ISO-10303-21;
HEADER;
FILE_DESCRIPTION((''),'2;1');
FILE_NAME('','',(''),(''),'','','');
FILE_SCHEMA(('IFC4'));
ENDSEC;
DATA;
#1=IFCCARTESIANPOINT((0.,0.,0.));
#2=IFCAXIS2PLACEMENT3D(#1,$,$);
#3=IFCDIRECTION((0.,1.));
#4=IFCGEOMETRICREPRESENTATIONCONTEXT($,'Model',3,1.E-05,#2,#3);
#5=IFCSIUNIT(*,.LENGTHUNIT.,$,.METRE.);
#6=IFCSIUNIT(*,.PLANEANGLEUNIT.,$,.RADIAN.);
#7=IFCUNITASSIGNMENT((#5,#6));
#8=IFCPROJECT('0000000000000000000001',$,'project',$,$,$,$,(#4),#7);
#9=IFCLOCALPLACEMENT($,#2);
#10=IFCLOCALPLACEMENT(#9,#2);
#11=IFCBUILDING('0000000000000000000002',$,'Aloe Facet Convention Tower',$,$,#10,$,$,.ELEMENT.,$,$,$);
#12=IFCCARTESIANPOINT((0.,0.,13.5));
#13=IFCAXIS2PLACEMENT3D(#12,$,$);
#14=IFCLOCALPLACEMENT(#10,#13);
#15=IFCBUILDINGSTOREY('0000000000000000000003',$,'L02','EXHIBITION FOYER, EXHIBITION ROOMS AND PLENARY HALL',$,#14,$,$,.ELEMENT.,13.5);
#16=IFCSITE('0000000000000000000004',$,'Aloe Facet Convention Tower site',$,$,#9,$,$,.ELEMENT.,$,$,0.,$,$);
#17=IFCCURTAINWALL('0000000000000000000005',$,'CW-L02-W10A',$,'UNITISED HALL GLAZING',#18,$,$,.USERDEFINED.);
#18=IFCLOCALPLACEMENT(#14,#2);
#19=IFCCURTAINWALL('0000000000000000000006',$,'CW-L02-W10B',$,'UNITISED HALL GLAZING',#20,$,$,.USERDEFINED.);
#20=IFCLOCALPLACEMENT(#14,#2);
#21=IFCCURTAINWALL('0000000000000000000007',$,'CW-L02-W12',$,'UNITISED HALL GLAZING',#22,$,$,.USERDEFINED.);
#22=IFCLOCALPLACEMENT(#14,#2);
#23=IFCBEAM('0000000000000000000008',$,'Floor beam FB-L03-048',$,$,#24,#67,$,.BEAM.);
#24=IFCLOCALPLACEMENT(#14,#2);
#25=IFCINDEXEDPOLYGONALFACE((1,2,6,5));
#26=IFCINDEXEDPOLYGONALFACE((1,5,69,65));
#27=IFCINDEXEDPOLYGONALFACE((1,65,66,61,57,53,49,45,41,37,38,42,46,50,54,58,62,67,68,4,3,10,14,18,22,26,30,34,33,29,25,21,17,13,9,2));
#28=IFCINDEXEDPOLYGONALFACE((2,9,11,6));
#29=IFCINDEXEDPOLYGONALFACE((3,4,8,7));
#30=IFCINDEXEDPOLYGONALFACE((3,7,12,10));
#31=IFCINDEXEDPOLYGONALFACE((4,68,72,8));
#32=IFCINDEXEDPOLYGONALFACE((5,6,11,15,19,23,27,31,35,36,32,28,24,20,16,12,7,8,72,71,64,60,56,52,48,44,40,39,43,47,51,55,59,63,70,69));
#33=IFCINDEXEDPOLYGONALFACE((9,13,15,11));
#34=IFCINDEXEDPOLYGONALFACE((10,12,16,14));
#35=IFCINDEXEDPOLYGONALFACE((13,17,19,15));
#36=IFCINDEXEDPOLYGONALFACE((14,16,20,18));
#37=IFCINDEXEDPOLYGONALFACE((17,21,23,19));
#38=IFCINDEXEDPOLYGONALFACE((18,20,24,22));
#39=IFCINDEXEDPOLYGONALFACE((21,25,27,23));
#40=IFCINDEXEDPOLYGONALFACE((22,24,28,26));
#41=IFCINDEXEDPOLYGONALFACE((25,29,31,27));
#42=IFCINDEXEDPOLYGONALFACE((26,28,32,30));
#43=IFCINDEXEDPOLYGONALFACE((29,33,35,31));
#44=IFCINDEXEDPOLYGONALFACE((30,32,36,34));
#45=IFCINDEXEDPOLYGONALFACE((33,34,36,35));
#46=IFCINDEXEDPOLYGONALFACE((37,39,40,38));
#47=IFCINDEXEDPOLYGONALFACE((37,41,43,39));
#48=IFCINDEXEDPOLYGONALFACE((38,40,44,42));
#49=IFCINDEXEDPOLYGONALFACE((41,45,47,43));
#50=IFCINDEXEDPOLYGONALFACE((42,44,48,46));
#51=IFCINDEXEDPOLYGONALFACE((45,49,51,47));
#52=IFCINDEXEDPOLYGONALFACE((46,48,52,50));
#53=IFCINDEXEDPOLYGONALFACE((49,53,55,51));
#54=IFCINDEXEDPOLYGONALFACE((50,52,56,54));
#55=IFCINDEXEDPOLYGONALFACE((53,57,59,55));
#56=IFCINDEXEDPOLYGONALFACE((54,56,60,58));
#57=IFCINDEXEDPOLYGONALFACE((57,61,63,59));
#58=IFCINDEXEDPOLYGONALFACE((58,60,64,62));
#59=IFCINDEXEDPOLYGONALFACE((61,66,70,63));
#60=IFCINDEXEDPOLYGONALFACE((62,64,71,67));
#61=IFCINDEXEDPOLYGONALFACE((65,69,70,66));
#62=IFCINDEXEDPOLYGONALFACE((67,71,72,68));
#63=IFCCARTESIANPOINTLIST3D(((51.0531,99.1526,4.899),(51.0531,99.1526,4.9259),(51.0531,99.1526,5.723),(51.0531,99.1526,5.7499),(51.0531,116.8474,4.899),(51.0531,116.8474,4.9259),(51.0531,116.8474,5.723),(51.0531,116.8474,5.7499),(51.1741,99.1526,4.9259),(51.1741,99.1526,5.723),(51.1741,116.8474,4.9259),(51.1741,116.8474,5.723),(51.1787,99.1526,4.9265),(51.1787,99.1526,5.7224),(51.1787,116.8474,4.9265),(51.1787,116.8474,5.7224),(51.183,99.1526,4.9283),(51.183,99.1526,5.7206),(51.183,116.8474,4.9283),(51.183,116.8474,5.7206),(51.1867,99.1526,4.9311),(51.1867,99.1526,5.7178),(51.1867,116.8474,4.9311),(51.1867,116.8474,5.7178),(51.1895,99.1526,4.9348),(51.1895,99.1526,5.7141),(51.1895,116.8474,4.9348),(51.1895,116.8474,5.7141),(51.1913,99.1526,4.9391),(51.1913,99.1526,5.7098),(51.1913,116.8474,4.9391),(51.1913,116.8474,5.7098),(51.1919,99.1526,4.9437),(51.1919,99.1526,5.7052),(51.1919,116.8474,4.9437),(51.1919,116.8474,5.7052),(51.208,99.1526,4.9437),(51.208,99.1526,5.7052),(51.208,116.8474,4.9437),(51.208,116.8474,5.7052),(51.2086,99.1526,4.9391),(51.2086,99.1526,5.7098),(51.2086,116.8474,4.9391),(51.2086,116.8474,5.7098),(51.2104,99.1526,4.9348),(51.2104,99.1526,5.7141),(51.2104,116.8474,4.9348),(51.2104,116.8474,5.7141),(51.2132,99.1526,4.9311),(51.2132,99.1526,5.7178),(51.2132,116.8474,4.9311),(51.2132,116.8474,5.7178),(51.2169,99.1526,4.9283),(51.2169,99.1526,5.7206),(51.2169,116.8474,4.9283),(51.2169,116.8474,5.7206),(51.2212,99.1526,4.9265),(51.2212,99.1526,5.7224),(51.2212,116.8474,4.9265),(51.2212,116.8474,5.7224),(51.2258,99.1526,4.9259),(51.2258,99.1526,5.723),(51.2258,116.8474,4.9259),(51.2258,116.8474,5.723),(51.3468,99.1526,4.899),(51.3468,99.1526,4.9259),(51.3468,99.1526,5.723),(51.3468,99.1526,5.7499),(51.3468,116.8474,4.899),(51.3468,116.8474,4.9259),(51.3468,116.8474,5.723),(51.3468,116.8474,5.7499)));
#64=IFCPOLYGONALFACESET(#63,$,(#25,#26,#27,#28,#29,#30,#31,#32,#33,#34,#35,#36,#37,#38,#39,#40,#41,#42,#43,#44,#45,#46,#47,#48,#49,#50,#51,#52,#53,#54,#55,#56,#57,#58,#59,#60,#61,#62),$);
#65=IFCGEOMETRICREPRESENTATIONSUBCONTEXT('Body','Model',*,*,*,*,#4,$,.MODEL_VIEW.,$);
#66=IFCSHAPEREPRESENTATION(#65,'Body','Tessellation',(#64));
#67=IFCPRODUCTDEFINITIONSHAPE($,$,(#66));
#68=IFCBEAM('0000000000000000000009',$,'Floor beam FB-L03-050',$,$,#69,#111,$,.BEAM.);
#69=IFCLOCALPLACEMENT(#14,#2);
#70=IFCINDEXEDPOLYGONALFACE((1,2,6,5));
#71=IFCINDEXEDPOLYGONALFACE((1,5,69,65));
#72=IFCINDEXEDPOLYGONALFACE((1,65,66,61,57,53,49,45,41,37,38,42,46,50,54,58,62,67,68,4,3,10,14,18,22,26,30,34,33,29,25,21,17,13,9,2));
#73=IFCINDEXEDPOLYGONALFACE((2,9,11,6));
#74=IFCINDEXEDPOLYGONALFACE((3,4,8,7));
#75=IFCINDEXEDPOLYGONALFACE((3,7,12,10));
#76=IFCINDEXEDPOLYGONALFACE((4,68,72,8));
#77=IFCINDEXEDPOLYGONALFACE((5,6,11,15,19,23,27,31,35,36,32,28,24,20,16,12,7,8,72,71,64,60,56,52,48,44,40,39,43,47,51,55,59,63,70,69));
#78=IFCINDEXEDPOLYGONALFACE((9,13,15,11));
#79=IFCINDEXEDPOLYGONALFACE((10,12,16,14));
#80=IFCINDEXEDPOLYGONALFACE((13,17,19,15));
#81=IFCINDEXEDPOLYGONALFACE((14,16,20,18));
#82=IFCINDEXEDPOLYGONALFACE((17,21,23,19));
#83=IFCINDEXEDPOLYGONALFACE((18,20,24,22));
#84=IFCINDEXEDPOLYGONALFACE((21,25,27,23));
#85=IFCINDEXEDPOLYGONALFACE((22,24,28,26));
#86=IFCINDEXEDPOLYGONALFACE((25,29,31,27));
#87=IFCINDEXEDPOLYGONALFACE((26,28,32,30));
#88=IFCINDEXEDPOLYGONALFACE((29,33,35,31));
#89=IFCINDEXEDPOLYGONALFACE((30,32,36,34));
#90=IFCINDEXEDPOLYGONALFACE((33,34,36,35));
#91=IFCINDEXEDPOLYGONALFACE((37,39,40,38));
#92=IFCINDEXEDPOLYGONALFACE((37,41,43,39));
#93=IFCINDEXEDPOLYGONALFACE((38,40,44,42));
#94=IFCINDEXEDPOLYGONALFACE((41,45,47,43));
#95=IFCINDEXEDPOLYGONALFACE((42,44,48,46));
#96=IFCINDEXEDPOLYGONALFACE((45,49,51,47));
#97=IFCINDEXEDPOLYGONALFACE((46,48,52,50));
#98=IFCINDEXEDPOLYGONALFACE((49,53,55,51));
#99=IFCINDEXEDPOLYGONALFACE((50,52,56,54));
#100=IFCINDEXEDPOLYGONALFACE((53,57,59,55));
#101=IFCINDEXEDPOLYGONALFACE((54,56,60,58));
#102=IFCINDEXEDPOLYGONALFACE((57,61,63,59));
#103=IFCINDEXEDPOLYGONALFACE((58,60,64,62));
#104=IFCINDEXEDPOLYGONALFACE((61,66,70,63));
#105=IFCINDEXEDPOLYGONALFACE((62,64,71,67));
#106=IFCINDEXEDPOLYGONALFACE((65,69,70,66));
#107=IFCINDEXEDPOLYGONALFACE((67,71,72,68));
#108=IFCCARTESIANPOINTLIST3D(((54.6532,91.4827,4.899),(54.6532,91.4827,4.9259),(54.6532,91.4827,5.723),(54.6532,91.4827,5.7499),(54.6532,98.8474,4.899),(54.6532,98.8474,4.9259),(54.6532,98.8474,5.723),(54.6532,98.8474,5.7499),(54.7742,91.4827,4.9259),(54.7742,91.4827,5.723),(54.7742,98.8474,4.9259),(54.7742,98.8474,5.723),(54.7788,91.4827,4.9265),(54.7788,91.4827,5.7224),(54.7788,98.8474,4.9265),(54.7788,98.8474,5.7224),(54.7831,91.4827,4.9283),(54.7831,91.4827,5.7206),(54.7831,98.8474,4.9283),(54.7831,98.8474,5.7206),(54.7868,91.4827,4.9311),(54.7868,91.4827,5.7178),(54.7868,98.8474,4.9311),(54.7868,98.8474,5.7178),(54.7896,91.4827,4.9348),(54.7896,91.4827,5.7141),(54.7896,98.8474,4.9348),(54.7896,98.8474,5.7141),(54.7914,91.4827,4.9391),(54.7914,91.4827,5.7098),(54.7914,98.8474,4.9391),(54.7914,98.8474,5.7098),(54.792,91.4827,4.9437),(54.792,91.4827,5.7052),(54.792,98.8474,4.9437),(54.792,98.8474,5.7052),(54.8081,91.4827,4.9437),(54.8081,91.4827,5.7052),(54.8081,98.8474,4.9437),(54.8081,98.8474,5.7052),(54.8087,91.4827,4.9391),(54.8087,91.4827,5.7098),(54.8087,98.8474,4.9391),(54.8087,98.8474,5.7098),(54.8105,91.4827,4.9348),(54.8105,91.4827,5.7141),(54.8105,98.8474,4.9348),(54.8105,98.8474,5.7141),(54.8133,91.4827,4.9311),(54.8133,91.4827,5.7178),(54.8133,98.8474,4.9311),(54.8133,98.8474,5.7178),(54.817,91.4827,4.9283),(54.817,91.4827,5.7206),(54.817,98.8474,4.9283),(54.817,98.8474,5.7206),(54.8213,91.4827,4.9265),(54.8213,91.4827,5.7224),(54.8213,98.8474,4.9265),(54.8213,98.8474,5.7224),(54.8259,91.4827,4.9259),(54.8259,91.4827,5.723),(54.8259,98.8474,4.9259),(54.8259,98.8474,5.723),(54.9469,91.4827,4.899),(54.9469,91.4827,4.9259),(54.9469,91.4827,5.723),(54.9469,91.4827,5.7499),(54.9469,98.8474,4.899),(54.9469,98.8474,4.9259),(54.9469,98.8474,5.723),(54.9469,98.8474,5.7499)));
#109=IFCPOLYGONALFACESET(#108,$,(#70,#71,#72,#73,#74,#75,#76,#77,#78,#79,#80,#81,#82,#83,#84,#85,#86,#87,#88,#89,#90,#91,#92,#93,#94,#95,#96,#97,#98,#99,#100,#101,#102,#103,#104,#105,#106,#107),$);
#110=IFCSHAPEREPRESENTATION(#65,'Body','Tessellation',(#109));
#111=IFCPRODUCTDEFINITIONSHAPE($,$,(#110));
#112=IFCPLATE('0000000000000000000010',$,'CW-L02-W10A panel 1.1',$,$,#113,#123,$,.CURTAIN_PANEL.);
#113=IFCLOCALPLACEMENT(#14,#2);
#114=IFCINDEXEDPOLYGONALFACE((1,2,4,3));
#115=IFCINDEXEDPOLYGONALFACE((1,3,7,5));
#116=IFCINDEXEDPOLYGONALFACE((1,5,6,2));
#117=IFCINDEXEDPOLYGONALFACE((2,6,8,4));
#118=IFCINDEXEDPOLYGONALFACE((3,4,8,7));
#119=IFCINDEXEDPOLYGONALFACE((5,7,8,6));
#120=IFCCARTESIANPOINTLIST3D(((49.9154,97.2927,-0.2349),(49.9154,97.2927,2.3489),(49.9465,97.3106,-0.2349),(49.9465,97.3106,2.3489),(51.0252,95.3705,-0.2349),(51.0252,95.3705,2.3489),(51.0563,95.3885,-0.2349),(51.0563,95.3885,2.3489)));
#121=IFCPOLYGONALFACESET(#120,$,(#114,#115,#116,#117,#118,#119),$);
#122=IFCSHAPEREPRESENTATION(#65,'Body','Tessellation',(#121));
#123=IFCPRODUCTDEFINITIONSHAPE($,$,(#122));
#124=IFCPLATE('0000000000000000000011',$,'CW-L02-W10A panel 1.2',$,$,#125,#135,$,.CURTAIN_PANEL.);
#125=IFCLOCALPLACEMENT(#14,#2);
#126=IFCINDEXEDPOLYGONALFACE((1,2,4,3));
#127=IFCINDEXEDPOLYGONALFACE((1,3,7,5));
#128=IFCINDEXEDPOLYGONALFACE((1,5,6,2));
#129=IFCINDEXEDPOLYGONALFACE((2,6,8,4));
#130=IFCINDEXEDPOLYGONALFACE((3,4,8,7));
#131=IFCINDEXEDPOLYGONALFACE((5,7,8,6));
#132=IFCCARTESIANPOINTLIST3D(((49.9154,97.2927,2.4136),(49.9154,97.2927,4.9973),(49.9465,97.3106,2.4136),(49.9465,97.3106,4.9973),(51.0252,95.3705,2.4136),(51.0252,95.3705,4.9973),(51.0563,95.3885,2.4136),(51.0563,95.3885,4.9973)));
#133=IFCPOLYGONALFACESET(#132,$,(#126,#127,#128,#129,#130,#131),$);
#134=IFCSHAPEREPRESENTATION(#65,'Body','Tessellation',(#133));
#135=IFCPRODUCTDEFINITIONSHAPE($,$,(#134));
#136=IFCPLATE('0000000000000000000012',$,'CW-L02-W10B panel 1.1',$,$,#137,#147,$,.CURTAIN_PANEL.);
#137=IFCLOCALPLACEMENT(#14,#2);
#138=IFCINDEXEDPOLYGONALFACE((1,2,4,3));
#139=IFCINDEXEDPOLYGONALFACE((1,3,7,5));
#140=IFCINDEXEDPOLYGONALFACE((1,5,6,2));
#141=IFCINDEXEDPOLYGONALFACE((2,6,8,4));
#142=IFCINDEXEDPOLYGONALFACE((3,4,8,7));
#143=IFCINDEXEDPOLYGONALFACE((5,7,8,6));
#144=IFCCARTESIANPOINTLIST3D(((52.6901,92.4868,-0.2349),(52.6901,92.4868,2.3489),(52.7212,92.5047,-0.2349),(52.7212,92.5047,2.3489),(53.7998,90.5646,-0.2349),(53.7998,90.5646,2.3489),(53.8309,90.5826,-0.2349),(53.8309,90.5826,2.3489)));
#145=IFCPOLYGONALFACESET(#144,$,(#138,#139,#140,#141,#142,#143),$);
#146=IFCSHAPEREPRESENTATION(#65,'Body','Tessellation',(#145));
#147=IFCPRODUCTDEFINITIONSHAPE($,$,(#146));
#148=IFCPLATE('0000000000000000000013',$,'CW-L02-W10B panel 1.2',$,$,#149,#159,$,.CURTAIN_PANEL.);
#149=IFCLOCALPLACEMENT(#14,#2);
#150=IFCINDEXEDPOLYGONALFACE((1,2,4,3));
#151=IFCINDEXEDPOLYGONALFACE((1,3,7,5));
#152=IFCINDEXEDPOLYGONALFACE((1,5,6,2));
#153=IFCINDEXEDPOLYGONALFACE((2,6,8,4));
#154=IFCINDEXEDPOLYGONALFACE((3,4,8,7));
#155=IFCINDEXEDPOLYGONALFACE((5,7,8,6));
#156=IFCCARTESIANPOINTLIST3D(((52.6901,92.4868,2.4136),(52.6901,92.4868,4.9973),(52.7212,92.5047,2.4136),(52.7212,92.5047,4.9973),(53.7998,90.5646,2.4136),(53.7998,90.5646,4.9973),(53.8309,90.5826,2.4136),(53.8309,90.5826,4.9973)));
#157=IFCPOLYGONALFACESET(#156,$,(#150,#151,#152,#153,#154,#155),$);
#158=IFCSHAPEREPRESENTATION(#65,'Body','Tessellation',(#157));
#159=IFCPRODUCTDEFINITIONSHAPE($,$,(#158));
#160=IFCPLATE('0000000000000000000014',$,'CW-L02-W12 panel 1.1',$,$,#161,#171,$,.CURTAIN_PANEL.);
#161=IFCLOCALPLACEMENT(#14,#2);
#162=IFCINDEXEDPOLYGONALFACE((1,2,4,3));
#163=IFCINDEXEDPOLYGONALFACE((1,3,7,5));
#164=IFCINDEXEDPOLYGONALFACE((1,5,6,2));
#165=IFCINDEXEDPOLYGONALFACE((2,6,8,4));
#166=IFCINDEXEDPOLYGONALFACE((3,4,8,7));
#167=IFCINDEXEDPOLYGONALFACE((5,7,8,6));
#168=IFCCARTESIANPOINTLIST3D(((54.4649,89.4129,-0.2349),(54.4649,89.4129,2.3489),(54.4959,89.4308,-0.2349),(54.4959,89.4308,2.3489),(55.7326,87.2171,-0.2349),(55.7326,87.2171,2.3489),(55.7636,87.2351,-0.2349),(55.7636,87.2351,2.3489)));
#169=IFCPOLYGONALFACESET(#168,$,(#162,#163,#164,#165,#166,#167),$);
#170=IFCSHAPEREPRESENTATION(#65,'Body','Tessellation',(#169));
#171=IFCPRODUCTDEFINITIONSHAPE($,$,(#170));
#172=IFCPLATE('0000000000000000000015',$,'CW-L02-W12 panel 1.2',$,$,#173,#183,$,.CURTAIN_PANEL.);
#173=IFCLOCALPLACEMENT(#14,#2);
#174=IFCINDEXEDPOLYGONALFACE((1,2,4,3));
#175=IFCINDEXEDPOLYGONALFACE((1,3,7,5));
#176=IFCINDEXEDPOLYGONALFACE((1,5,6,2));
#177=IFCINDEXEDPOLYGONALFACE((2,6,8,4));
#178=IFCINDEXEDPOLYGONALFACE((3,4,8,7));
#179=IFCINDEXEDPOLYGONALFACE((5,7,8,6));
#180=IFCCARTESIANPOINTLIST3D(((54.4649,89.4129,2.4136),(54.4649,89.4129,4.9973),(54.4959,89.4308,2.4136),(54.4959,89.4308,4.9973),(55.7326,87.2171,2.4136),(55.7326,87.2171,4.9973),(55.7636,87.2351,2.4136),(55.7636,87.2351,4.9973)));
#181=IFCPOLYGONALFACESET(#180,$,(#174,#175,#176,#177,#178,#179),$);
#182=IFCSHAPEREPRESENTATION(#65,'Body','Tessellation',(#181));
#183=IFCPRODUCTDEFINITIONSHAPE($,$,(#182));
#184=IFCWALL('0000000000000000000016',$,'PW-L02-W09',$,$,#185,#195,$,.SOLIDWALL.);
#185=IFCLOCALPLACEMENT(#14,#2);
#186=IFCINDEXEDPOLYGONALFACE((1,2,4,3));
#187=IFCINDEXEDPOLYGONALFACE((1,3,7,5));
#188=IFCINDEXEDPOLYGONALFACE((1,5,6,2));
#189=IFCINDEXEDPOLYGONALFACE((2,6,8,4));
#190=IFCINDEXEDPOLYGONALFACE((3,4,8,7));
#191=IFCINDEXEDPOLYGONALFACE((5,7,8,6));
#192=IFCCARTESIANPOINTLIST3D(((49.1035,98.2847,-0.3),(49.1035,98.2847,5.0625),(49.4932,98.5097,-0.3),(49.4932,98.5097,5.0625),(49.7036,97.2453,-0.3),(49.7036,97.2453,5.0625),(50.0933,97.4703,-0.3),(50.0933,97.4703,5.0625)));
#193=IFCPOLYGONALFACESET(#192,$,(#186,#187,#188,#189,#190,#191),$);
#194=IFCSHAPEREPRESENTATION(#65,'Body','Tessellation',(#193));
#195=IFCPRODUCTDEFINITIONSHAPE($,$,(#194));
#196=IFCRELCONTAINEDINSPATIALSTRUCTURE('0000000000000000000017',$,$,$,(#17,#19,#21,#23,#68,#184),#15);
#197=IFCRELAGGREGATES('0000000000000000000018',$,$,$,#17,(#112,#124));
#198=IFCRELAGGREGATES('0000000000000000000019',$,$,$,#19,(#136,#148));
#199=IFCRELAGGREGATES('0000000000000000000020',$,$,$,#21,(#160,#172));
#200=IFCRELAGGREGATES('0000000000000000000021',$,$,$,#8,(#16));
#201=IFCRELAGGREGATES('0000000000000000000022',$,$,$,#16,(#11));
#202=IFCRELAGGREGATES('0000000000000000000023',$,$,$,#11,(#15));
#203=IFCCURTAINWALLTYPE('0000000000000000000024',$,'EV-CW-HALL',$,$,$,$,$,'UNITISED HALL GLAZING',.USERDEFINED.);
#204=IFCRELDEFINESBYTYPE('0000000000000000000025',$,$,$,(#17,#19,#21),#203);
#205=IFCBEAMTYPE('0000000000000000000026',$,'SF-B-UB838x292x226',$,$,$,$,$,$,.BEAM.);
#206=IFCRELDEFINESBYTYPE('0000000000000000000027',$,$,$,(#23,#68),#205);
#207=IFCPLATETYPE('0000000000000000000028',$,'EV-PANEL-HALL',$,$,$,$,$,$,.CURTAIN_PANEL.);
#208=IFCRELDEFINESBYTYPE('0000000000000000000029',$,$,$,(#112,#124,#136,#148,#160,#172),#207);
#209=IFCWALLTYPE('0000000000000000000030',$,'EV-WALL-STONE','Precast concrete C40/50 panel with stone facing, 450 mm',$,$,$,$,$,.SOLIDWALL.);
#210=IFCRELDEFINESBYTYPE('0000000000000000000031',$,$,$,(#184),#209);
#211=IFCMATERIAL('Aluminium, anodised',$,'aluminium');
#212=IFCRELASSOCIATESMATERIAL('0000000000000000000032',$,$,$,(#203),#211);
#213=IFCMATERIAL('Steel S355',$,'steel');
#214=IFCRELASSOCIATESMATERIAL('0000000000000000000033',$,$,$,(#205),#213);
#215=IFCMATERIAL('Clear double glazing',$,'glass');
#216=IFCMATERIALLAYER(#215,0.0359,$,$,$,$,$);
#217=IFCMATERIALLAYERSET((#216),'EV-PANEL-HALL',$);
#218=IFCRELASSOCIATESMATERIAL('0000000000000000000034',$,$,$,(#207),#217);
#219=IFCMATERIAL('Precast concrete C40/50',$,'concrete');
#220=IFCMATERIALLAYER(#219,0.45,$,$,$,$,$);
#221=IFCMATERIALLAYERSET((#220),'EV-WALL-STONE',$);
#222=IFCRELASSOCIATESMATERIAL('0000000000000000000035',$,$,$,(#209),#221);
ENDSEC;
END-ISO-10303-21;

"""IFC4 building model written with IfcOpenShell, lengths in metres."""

from ifc_helpers import new_model, si_unit, direction, frame, frame_2d, origin, origin_2d, place, context, subcontext, project, spatial, rectangle, i_section, extrude, material, layer, layer_set, material_profile, profile_set, type_object, element, aggregate, save


model = new_model("IFC4")

# Units and contexts
model_context = context("Model", 3, precision=1e-05, world=origin(), true_north=direction((0.0, 1.0)))
body_context = subcontext(model_context, "Body", "Model", "MODEL_VIEW")
ifc_project = project(units=[si_unit("LENGTHUNIT", "METRE"), si_unit("PLANEANGLEUNIT", "RADIAN")], contexts=[model_context])

# Site, building, storey
site_placement = place(None, origin())
site = spatial("IfcSite", under=ifc_project, at=site_placement, Name="Aloe Facet Convention Tower site", CompositionType="ELEMENT", RefElevation=0.0)
building_placement = place(site_placement, origin())
building = spatial("IfcBuilding", under=site, at=building_placement, Name="Aloe Facet Convention Tower", CompositionType="ELEMENT")
storey_placement = place(building_placement, frame((0.0, 0.0, 13.5)))
storey = spatial("IfcBuildingStorey", under=building, at=storey_placement, Name="L02", Description="EXHIBITION FOYER, EXHIBITION ROOMS AND PLENARY HALL", CompositionType="ELEMENT", Elevation=13.5)

# Shared definitions
ifc_material_1 = material(Name="Aluminium, anodised", Category="aluminium")
curtain_wall_type = type_object("IfcCurtainWallType", Name="EV-CW-HALL", ElementType="UNITISED HALL GLAZING", PredefinedType="USERDEFINED", material=ifc_material_1)

# Curtain walls
curtain_wall_1_placement = place(storey_placement, origin())
curtain_wall_1 = element("IfcCurtainWall", 1, at=curtain_wall_1_placement, inside=storey, type_object=curtain_wall_type, Name="CW-L02-W10A", ObjectType="UNITISED HALL GLAZING", PredefinedType="USERDEFINED")
curtain_wall_2_placement = place(storey_placement, origin())
curtain_wall_2 = element("IfcCurtainWall", 2, at=curtain_wall_2_placement, inside=storey, type_object=curtain_wall_type, Name="CW-L02-W10B", ObjectType="UNITISED HALL GLAZING", PredefinedType="USERDEFINED")

# Curtain wall
curtain_wall_3_placement = place(storey_placement, origin())
curtain_wall_3 = element("IfcCurtainWall", 3, at=curtain_wall_3_placement, inside=storey, type_object=curtain_wall_type, Name="CW-L02-W12", ObjectType="UNITISED HALL GLAZING", PredefinedType="USERDEFINED")

# Beams
ifc_material_2 = material(Name="Steel S355", Category="steel")
ifc_material_profile_1 = material_profile(ifc_material_2, i_section(OverallWidth=0.2937, OverallDepth=0.8508, WebThickness=0.0161, FlangeThickness=0.0269, FilletRadius=0.0178, at=origin_2d()), Name="UB 838x292x226")
ifc_profile_set_1 = profile_set([ifc_material_profile_1], Name="Steel S355")
beam_type_1 = type_object("IfcBeamType", Name="SF-B-UB838x292x226", PredefinedType="BEAM", material=ifc_profile_set_1)
beam_1_placement = place(storey_placement, frame((51.2, 99.1526, 5.3245), z_axis=(0.0, 1.0, 0.0), x_axis=(-1.0, 0.0, 0.0)))
element("IfcBeam", 4, at=beam_1_placement, inside=storey, type_object=beam_type_1, Name="Floor beam FB-L03-048", PredefinedType="BEAM", context=body_context, shape_type="SweptSolid", body=[
    extrude(i_section(OverallWidth=0.2937, OverallDepth=0.8508, WebThickness=0.0161, FlangeThickness=0.0269, FilletRadius=0.0178, at=origin_2d()), origin(), (0.0, 0.0, 1.0), 17.6948),
])
beam_2_placement = place(storey_placement, frame((54.8, 91.4827, 5.3245), z_axis=(0.0, 1.0, 0.0), x_axis=(-1.0, 0.0, 0.0)))
element("IfcBeam", 5, at=beam_2_placement, inside=storey, type_object=beam_type_1, Name="Floor beam FB-L03-050", PredefinedType="BEAM", context=body_context, shape_type="SweptSolid", body=[
    extrude(i_section(OverallWidth=0.2937, OverallDepth=0.8508, WebThickness=0.0161, FlangeThickness=0.0269, FilletRadius=0.0178, at=origin_2d()), origin(), (0.0, 0.0, 1.0), 7.3647),
])

# Plates
ifc_material_3 = material(Name="Clear double glazing", Category="glass")
ifc_layer_1 = layer(ifc_material_3, 0.0359)
ifc_layer_set_1 = layer_set([ifc_layer_1], Name="EV-PANEL-HALL")
plate_type = type_object("IfcPlateType", Name="EV-PANEL-HALL", PredefinedType="CURTAIN_PANEL", material=ifc_layer_set_1)
plate_1_placement = place(storey_placement, frame((50.4858, 96.3406, -0.2349), z_axis=(0.0, 0.0, 1.0), x_axis=(0.5, -0.866025, 0.0)))
plate_1 = element("IfcPlate", 6, at=plate_1_placement, type_object=plate_type, Name="CW-L02-W10A panel 1.1", PredefinedType="CURTAIN_PANEL", context=body_context, shape_type="SweptSolid", body=[
    extrude(rectangle(XDim=2.2195, YDim=0.0359, at=origin_2d()), origin(), (0.0, 0.0, 1.0), 2.5837),
])
plate_2_placement = place(storey_placement, frame((50.4858, 96.3406, 2.4136), z_axis=(0.0, 0.0, 1.0), x_axis=(0.5, -0.866025, 0.0)))
plate_2 = element("IfcPlate", 7, at=plate_2_placement, type_object=plate_type, Name="CW-L02-W10A panel 1.2", PredefinedType="CURTAIN_PANEL", context=body_context, shape_type="SweptSolid", body=[
    extrude(rectangle(XDim=2.2195, YDim=0.0359, at=origin_2d()), origin(), (0.0, 0.0, 1.0), 2.5837),
])
aggregate(curtain_wall_1, [plate_1, plate_2])
plate_3_placement = place(storey_placement, frame((53.2605, 91.5347, -0.2349), z_axis=(0.0, 0.0, 1.0), x_axis=(0.5, -0.866025, 0.0)))
plate_3 = element("IfcPlate", 8, at=plate_3_placement, type_object=plate_type, Name="CW-L02-W10B panel 1.1", PredefinedType="CURTAIN_PANEL", context=body_context, shape_type="SweptSolid", body=[
    extrude(rectangle(XDim=2.2195, YDim=0.0359, at=origin_2d()), origin(), (0.0, 0.0, 1.0), 2.5837),
])
plate_4_placement = place(storey_placement, frame((53.2605, 91.5347, 2.4136), z_axis=(0.0, 0.0, 1.0), x_axis=(0.5, -0.866025, 0.0)))
plate_4 = element("IfcPlate", 9, at=plate_4_placement, type_object=plate_type, Name="CW-L02-W10B panel 1.2", PredefinedType="CURTAIN_PANEL", context=body_context, shape_type="SweptSolid", body=[
    extrude(rectangle(XDim=2.2195, YDim=0.0359, at=origin_2d()), origin(), (0.0, 0.0, 1.0), 2.5837),
])
aggregate(curtain_wall_2, [plate_3, plate_4])
plate_5_placement = place(storey_placement, frame((55.1143, 88.324, -0.2349), z_axis=(0.0, 0.0, 1.0), x_axis=(0.5, -0.866025, 0.0)))
plate_5 = element("IfcPlate", 10, at=plate_5_placement, type_object=plate_type, Name="CW-L02-W12 panel 1.1", PredefinedType="CURTAIN_PANEL", context=body_context, shape_type="SweptSolid", body=[
    extrude(rectangle(XDim=2.5354, YDim=0.0359, at=origin_2d()), origin(), (0.0, 0.0, 1.0), 2.5837),
])
plate_6_placement = place(storey_placement, frame((55.1143, 88.324, 2.4136), z_axis=(0.0, 0.0, 1.0), x_axis=(0.5, -0.866025, 0.0)))
plate_6 = element("IfcPlate", 11, at=plate_6_placement, type_object=plate_type, Name="CW-L02-W12 panel 1.2", PredefinedType="CURTAIN_PANEL", context=body_context, shape_type="SweptSolid", body=[
    extrude(rectangle(XDim=2.5354, YDim=0.0359, at=origin_2d()), origin(), (0.0, 0.0, 1.0), 2.5837),
])
aggregate(curtain_wall_3, [plate_5, plate_6])

# Wall
ifc_material_4 = material(Name="Precast concrete C40/50", Category="concrete")
ifc_layer_2 = layer(ifc_material_4, 0.45)
ifc_layer_set_2 = layer_set([ifc_layer_2], Name="EV-WALL-STONE")
wall_type = type_object("IfcWallType", Name="EV-WALL-STONE", Description="Precast concrete C40/50 panel with stone facing, 450 mm", PredefinedType="SOLIDWALL", material=ifc_layer_set_2)
wall_1_placement = place(storey_placement, frame((49.2983, 98.3972, -0.3), z_axis=(0.0, 0.0, 1.0), x_axis=(0.500034, -0.866006, 0.0)))
element("IfcWall", 12, at=wall_1_placement, inside=storey, type_object=wall_type, Name="PW-L02-W09", PredefinedType="SOLIDWALL", context=body_context, shape_type="SweptSolid", body=[
    extrude(rectangle(XDim=1.2002, YDim=0.45, at=frame_2d((0.6001, 0.0))), origin(), (0.0, 0.0, 1.0), 5.3625),
])

save(model, "model.ifc")
